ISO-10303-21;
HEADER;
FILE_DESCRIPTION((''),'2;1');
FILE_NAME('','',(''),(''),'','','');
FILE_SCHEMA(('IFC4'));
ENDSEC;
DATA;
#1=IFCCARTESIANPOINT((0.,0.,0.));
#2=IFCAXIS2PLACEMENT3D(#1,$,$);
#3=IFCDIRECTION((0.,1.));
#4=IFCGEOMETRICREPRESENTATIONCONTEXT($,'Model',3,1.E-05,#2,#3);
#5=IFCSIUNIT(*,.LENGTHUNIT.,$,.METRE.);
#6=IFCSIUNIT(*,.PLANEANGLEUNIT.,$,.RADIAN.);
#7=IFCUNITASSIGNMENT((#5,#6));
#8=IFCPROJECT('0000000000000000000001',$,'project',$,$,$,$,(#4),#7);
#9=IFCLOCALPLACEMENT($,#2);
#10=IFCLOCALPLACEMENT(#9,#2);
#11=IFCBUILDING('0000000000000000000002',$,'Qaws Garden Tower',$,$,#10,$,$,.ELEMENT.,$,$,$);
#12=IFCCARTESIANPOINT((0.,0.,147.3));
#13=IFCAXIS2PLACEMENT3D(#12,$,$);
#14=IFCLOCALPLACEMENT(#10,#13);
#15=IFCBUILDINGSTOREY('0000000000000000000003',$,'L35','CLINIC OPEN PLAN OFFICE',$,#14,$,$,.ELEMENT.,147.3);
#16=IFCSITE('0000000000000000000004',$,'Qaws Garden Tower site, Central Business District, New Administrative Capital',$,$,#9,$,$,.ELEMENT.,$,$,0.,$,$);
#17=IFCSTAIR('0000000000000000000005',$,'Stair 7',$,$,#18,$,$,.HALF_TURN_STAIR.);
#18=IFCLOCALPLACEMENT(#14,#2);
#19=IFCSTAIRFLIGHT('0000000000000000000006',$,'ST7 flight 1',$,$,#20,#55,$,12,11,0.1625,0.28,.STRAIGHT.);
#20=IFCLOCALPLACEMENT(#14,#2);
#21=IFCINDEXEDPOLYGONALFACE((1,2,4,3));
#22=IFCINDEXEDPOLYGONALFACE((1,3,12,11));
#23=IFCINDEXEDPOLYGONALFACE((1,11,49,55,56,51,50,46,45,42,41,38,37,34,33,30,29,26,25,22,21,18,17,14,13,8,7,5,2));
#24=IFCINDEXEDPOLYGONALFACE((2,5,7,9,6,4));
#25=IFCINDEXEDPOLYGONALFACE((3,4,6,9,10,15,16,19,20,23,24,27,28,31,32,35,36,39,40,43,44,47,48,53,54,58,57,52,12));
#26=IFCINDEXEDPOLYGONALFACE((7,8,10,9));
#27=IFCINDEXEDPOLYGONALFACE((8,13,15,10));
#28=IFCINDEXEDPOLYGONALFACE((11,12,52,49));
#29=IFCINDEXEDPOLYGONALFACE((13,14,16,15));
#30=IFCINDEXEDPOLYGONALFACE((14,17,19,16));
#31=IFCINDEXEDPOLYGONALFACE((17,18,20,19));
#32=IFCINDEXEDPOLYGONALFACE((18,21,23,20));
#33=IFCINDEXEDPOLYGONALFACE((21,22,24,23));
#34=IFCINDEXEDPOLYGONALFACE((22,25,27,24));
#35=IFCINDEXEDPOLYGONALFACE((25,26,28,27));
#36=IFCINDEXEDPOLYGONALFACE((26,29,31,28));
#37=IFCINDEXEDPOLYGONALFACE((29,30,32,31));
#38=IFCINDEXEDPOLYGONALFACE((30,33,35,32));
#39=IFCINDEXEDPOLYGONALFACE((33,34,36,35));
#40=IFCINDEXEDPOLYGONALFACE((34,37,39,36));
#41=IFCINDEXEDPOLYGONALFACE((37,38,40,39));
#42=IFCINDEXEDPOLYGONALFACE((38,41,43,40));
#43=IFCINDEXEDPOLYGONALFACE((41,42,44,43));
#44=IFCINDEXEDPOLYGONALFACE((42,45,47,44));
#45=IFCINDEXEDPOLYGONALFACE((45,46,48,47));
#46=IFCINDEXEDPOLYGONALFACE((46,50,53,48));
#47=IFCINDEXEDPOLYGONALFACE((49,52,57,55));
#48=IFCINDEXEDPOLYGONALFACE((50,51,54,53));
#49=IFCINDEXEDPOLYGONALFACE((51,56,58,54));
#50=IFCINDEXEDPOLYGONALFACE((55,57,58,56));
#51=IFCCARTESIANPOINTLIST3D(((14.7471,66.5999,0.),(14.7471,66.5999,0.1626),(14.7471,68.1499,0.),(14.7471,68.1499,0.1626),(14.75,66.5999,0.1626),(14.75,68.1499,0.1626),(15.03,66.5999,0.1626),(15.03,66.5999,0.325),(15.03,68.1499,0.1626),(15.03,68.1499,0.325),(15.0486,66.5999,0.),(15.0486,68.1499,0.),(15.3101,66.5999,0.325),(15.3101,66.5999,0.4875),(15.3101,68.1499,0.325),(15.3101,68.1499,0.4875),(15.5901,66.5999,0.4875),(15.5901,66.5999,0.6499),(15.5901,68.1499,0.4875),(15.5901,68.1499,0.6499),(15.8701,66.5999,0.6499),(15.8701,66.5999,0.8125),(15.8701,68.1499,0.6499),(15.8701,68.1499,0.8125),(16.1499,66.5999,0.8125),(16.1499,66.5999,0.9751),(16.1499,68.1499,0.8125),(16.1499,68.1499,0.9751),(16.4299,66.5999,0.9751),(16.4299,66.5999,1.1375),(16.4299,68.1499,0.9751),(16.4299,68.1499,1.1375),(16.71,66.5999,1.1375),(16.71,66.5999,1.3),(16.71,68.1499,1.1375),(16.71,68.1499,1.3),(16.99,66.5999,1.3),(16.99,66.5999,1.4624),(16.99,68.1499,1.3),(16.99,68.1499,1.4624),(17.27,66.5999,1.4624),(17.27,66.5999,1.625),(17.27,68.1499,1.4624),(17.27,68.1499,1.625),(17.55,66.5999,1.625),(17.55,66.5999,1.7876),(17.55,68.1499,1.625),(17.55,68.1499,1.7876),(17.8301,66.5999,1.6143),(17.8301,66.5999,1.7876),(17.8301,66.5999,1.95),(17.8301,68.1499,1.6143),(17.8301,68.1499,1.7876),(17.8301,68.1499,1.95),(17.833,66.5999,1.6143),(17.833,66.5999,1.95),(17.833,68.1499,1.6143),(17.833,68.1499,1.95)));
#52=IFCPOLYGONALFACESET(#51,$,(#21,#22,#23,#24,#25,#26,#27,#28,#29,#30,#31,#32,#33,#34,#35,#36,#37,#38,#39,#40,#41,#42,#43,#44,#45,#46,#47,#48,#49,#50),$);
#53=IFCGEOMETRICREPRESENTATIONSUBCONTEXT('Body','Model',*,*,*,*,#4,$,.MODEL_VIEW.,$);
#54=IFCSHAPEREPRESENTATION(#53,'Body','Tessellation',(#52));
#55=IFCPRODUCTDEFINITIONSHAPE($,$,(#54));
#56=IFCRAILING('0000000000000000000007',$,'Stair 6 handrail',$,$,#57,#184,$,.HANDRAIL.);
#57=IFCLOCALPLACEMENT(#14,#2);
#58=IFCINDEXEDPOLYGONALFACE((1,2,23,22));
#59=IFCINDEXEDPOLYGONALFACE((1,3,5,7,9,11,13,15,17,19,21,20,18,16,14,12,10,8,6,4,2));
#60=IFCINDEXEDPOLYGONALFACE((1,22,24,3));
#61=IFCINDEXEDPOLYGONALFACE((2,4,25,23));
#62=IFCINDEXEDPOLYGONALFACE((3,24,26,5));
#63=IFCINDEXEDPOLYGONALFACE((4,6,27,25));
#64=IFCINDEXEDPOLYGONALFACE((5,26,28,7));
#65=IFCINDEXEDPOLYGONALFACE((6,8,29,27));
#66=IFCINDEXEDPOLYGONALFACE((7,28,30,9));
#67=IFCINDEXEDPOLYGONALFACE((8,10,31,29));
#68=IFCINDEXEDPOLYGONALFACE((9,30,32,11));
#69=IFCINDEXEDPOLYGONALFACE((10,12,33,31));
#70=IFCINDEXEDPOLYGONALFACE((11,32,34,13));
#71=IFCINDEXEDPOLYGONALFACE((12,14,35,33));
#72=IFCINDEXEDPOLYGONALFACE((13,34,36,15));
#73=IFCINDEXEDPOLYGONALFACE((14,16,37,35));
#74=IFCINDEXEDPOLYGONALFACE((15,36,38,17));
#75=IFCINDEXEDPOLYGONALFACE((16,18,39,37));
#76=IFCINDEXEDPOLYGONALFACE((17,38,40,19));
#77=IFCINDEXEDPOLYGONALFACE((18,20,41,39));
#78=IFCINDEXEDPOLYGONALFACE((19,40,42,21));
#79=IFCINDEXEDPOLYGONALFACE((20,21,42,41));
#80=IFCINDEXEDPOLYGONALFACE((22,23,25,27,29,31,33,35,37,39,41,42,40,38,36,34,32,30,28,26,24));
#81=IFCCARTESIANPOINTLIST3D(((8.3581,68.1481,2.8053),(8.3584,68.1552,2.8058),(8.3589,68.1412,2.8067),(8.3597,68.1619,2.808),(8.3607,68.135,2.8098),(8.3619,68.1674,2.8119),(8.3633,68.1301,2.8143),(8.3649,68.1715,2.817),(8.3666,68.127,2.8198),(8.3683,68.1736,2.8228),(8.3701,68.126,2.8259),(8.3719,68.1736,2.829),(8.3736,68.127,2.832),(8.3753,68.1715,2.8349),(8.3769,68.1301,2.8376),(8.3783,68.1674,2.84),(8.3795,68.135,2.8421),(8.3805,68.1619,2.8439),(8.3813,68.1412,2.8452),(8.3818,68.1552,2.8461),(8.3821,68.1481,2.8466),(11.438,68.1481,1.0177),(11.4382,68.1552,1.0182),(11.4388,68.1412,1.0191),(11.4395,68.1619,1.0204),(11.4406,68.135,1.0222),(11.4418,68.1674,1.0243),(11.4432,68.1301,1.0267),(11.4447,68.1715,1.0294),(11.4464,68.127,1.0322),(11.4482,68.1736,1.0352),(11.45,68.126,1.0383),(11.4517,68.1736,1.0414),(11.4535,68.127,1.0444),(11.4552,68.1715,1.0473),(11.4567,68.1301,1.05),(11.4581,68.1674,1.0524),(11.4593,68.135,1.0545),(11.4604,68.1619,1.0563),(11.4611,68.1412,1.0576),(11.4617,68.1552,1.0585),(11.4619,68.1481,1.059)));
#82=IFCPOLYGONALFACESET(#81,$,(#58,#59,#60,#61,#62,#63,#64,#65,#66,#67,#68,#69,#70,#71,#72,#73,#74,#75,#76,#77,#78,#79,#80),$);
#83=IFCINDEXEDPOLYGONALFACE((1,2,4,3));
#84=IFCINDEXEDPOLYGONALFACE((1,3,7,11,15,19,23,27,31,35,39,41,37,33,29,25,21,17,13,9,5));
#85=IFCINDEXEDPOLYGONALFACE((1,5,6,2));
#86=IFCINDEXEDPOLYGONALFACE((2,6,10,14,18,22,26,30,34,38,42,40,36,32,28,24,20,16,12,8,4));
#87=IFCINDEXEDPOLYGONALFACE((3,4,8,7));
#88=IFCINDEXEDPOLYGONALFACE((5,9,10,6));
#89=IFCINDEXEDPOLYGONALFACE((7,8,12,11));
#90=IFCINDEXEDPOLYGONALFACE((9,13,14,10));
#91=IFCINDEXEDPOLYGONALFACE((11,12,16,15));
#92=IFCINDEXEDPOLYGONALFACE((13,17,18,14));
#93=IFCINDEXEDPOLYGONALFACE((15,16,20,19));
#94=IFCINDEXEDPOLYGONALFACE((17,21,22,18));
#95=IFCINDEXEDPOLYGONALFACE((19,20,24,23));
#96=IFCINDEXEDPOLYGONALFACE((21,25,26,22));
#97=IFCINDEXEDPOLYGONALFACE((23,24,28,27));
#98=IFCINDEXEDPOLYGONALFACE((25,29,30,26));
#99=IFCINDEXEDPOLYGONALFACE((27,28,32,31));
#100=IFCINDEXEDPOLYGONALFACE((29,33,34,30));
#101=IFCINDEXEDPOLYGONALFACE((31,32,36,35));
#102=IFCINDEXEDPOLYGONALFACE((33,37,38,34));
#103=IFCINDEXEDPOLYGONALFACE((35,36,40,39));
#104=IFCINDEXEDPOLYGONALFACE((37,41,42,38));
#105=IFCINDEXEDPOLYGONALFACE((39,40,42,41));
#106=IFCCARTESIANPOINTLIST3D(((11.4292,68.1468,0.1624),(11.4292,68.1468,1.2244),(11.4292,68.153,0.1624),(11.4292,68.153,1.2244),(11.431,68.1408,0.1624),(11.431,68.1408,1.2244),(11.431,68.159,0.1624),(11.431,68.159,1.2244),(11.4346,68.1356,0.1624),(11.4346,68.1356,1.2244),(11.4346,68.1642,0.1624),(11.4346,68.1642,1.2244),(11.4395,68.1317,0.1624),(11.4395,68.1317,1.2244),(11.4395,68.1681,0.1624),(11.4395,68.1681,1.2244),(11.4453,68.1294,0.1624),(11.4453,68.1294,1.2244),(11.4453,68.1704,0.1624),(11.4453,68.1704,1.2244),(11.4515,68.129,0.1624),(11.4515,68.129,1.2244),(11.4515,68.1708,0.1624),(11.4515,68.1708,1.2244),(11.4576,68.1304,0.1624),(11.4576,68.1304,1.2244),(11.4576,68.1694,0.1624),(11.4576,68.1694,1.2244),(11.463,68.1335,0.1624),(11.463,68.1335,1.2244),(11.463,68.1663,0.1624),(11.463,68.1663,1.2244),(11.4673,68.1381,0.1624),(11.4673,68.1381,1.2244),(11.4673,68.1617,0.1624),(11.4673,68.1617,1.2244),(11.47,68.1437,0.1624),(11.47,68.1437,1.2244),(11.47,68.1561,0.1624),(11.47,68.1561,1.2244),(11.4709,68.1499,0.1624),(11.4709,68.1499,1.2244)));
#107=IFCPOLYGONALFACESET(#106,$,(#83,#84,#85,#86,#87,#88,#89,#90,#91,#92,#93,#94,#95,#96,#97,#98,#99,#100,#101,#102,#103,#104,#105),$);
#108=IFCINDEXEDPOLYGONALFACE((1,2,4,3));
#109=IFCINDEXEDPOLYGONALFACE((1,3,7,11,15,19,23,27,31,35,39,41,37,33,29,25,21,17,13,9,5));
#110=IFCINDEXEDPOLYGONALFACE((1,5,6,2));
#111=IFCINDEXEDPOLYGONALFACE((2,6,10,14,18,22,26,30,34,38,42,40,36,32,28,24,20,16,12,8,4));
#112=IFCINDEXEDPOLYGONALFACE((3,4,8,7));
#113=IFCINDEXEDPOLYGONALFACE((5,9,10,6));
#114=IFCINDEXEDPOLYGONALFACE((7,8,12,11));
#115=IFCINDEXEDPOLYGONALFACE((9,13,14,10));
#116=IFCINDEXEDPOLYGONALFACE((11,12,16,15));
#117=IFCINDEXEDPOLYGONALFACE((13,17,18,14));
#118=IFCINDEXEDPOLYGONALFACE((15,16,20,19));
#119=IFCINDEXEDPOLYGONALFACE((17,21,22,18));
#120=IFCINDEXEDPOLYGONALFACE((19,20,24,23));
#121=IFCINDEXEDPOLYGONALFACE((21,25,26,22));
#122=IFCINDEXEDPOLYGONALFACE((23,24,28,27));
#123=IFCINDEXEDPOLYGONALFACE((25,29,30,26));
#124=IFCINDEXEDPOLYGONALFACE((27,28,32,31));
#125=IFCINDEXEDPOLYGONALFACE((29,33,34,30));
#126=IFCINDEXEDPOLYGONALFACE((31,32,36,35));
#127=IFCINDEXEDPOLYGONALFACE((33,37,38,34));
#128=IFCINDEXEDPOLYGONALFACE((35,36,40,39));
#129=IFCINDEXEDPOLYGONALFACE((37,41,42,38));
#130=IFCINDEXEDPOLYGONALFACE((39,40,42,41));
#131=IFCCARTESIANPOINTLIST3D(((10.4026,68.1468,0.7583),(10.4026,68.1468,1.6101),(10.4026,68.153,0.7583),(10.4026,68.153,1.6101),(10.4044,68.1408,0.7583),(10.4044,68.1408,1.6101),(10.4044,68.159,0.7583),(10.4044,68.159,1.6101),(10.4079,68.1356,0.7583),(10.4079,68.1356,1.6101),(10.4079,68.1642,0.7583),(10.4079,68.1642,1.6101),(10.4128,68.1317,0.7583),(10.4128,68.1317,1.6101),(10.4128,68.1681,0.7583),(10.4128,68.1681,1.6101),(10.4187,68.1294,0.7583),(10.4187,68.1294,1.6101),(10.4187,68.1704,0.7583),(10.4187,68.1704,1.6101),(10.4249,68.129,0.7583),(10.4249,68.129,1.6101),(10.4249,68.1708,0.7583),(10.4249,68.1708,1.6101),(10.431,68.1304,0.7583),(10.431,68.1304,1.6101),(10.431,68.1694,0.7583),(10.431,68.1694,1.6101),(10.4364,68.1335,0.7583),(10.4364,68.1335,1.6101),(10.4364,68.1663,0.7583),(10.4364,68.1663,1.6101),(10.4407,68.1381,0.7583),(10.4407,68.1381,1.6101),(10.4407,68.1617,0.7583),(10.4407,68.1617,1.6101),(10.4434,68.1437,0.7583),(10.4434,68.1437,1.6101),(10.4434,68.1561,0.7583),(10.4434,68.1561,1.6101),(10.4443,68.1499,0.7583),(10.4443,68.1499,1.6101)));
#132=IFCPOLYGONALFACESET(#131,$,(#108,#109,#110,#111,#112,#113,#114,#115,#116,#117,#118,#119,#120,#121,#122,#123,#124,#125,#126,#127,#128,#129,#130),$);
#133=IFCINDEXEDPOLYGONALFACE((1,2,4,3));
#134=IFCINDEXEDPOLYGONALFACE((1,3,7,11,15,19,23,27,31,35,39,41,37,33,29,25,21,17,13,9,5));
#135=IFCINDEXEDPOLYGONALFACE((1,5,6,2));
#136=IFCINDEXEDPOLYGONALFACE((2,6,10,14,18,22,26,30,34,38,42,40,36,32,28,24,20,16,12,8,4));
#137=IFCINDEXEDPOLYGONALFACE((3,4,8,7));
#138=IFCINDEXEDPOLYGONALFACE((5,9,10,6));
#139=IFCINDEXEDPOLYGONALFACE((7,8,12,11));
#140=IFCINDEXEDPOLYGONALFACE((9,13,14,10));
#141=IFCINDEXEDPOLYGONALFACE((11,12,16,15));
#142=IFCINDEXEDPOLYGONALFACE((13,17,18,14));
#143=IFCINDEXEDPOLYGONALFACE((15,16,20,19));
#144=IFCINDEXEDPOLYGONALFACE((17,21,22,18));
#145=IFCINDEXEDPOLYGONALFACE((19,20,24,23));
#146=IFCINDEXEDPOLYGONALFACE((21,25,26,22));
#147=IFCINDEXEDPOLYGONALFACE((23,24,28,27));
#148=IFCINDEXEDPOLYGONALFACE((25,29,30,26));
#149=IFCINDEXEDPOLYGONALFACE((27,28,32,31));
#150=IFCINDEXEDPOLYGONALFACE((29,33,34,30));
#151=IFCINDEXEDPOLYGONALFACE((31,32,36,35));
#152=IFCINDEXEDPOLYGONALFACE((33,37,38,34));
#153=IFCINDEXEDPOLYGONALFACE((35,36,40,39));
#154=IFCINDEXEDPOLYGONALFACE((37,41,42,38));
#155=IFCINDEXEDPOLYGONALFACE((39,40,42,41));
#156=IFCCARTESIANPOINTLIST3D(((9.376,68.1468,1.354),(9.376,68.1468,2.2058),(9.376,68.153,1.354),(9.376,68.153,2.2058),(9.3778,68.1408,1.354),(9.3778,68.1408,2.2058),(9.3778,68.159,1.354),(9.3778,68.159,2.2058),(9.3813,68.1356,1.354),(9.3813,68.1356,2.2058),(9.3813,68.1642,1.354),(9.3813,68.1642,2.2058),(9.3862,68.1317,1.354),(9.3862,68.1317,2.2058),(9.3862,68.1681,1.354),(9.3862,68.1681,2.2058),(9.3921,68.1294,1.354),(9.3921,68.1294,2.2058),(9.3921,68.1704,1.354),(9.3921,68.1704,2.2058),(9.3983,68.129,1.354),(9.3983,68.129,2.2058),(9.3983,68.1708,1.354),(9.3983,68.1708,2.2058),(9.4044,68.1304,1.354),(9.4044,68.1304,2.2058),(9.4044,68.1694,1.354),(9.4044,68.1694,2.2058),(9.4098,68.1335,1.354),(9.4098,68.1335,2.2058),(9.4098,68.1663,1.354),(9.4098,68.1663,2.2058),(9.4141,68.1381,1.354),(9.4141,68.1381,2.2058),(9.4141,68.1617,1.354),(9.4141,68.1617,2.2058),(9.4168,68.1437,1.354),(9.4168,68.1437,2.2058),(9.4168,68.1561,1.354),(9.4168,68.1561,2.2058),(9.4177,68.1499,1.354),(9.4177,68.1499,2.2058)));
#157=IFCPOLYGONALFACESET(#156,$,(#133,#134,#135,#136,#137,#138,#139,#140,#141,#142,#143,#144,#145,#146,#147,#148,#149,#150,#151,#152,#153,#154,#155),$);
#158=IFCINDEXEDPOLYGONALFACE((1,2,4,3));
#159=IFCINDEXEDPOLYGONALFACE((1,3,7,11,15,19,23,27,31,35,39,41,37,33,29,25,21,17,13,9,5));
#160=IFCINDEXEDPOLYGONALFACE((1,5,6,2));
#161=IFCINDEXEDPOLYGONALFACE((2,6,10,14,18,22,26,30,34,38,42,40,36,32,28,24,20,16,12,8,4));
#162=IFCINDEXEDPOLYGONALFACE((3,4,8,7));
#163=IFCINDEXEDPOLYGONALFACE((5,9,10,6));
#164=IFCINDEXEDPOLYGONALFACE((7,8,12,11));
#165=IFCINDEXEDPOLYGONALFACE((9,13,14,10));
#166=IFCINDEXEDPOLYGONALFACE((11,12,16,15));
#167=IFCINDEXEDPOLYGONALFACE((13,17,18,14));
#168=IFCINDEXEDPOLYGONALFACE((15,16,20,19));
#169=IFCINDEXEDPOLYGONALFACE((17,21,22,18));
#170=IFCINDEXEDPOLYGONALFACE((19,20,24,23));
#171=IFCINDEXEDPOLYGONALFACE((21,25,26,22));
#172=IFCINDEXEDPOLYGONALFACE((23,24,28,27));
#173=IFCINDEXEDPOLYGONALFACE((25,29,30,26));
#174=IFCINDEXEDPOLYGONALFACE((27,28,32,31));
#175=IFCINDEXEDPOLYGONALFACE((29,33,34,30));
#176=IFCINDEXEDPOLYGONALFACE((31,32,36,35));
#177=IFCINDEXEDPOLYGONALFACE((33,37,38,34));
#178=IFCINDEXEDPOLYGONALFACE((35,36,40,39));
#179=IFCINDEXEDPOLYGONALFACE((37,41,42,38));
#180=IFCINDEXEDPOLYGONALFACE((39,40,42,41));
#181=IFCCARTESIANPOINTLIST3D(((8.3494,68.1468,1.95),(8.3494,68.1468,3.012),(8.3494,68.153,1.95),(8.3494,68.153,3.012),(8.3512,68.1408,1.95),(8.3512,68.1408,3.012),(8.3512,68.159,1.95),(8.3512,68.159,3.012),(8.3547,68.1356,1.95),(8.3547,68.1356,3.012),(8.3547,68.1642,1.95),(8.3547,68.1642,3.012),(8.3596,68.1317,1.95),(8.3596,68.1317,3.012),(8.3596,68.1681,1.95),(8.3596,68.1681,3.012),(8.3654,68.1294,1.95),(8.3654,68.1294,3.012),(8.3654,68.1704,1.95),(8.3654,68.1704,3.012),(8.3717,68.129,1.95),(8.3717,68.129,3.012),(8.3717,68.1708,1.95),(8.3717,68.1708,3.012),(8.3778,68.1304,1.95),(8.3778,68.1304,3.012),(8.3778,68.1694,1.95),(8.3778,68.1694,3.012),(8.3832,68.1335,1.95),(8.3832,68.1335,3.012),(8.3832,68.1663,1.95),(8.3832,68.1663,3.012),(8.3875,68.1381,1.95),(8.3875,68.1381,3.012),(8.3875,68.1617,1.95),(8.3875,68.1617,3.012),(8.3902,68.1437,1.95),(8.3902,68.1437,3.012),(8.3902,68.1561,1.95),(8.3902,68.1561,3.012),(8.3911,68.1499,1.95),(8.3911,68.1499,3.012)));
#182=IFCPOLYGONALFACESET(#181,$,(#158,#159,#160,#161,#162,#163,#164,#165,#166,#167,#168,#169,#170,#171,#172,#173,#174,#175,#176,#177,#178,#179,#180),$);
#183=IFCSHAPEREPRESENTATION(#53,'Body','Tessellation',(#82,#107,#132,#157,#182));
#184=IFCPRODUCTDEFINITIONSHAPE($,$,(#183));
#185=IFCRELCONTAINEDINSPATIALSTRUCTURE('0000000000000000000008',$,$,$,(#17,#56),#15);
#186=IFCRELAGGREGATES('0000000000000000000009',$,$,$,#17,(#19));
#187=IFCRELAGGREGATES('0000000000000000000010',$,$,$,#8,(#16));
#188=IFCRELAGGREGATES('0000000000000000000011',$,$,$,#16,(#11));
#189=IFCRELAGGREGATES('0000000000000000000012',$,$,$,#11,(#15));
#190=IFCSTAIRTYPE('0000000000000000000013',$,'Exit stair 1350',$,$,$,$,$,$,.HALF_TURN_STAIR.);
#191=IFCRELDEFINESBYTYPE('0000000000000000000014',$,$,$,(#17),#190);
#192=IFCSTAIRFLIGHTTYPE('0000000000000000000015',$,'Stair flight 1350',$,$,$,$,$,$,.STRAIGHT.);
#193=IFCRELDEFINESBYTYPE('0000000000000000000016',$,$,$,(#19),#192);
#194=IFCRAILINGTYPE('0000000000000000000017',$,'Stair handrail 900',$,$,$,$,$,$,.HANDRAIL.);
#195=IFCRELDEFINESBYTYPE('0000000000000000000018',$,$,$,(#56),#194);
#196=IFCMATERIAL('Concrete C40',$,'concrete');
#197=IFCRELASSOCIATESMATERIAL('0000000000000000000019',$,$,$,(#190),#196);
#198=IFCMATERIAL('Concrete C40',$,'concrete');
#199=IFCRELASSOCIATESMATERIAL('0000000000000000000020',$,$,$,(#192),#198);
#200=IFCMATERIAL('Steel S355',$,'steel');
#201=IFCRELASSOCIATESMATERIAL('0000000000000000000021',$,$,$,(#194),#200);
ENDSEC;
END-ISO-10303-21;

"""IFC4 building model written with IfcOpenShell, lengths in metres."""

from ifc_helpers import new_model, si_unit, direction, frame, origin, origin_2d, place, context, subcontext, project, spatial, polyline, circle, outline, extrude, material, type_object, element, aggregate, save


model = new_model("IFC4")

# Units and contexts
model_context = context("Model", 3, precision=1e-05, world=origin(), true_north=direction((0.0, 1.0)))
body_context = subcontext(model_context, "Body", "Model", "MODEL_VIEW")
ifc_project = project(units=[si_unit("LENGTHUNIT", "METRE"), si_unit("PLANEANGLEUNIT", "RADIAN")], contexts=[model_context])

# Site, building, storey
site_placement = place(None, origin())
site = spatial("IfcSite", under=ifc_project, at=site_placement, Name="Qaws Garden Tower site, Central Business District, New Administrative Capital", CompositionType="ELEMENT", RefElevation=0.0)
building_placement = place(site_placement, origin())
building = spatial("IfcBuilding", under=site, at=building_placement, Name="Qaws Garden Tower", CompositionType="ELEMENT")
storey_placement = place(building_placement, frame((0.0, 0.0, 147.3)))
storey = spatial("IfcBuildingStorey", under=building, at=storey_placement, Name="L35", Description="CLINIC OPEN PLAN OFFICE", CompositionType="ELEMENT", Elevation=147.3)

# Shared definitions
ifc_material_1 = material(Name="Concrete C40", Category="concrete")
stair_type = type_object("IfcStairType", Name="Exit stair 1350", PredefinedType="HALF_TURN_STAIR", material=ifc_material_1)
placement = place(storey_placement, origin())
ifc_material_2 = material(Name="Concrete C40", Category="concrete")
stair_flight_type = type_object("IfcStairFlightType", Name="Stair flight 1350", PredefinedType="STRAIGHT", material=ifc_material_2)

# Stair, stair flight
stair_1 = element("IfcStair", 1, at=placement, inside=storey, type_object=stair_type, Name="Stair 7", PredefinedType="HALF_TURN_STAIR")
stair_flight_1_placement = place(storey_placement, frame((14.75, 67.375, 0.0), z_axis=(0.0, 0.0, 1.0), x_axis=(1.0, 0.0, 0.0)))
stair_flight_1 = element("IfcStairFlight", 2, at=stair_flight_1_placement, type_object=stair_flight_type, Name="ST7 flight 1", NumberOfRisers=12, NumberOfTreads=11, PredefinedType="STRAIGHT", RiserHeight=0.1625, TreadLength=0.28, context=body_context, shape_type="SweptSolid", body=[
    extrude(outline(polyline([(-0.0029, 0.0), (-0.0029, 0.1626), (0.0, 0.1626), (0.28, 0.1626), (0.28, 0.325), (0.5601, 0.325), (0.5601, 0.4875), (0.8401, 0.4875), (0.8401, 0.6499), (1.1201, 0.6499), (1.1201, 0.8125), (1.3999, 0.8125), (1.3999, 0.9751), (1.6799, 0.9751), (1.6799, 1.1375), (1.96, 1.1375), (1.96, 1.3), (2.24, 1.3), (2.24, 1.4624), (2.52, 1.4624), (2.52, 1.625), (2.8, 1.625), (2.8, 1.7876), (3.0801, 1.7876), (3.0801, 1.95), (3.083, 1.95), (3.083, 1.6143), (3.0801, 1.6143), (0.2986, 0.0), (-0.0029, 0.0)])), frame((0.0, 0.7749, 0.0), z_axis=(0.0, -1.0, 0.0), x_axis=(1.0, 0.0, 0.0)), (0.0, 0.0, 1.0), 1.55),
])
aggregate(stair_1, [stair_flight_1])

# Railing
ifc_material_3 = material(Name="Steel S355", Category="steel")
railing_type = type_object("IfcRailingType", Name="Stair handrail 900", PredefinedType="HANDRAIL", material=ifc_material_3)
railing_1_placement = place(storey_placement, frame((11.45, 68.1499, 0.1624)))
element("IfcRailing", 3, at=railing_1_placement, inside=storey, type_object=railing_type, Name="Stair 6 handrail", PredefinedType="HANDRAIL", context=body_context, shape_type="SweptSolid", body=[
    extrude(circle(Radius=0.0239, at=origin_2d()), frame((0.0, 0.0, 0.876), z_axis=(-0.864873, 0.0, 0.50199), x_axis=(0.0, -1.0, 0.0)), (0.0, 0.0, 1.0), 3.561),
    extrude(circle(Radius=0.021, at=origin_2d()), origin(), (0.0, 0.0, 1.0), 1.062),
    extrude(circle(Radius=0.021, at=origin_2d()), frame((-1.0266, 0.0, 0.5959)), (0.0, 0.0, 1.0), 0.8518),
    extrude(circle(Radius=0.021, at=origin_2d()), frame((-2.0532, 0.0, 1.1917)), (0.0, 0.0, 1.0), 0.8518),
    extrude(circle(Radius=0.021, at=origin_2d()), frame((-3.0798, 0.0, 1.7876)), (0.0, 0.0, 1.0), 1.062),
])

save(model, "model.ifc")
